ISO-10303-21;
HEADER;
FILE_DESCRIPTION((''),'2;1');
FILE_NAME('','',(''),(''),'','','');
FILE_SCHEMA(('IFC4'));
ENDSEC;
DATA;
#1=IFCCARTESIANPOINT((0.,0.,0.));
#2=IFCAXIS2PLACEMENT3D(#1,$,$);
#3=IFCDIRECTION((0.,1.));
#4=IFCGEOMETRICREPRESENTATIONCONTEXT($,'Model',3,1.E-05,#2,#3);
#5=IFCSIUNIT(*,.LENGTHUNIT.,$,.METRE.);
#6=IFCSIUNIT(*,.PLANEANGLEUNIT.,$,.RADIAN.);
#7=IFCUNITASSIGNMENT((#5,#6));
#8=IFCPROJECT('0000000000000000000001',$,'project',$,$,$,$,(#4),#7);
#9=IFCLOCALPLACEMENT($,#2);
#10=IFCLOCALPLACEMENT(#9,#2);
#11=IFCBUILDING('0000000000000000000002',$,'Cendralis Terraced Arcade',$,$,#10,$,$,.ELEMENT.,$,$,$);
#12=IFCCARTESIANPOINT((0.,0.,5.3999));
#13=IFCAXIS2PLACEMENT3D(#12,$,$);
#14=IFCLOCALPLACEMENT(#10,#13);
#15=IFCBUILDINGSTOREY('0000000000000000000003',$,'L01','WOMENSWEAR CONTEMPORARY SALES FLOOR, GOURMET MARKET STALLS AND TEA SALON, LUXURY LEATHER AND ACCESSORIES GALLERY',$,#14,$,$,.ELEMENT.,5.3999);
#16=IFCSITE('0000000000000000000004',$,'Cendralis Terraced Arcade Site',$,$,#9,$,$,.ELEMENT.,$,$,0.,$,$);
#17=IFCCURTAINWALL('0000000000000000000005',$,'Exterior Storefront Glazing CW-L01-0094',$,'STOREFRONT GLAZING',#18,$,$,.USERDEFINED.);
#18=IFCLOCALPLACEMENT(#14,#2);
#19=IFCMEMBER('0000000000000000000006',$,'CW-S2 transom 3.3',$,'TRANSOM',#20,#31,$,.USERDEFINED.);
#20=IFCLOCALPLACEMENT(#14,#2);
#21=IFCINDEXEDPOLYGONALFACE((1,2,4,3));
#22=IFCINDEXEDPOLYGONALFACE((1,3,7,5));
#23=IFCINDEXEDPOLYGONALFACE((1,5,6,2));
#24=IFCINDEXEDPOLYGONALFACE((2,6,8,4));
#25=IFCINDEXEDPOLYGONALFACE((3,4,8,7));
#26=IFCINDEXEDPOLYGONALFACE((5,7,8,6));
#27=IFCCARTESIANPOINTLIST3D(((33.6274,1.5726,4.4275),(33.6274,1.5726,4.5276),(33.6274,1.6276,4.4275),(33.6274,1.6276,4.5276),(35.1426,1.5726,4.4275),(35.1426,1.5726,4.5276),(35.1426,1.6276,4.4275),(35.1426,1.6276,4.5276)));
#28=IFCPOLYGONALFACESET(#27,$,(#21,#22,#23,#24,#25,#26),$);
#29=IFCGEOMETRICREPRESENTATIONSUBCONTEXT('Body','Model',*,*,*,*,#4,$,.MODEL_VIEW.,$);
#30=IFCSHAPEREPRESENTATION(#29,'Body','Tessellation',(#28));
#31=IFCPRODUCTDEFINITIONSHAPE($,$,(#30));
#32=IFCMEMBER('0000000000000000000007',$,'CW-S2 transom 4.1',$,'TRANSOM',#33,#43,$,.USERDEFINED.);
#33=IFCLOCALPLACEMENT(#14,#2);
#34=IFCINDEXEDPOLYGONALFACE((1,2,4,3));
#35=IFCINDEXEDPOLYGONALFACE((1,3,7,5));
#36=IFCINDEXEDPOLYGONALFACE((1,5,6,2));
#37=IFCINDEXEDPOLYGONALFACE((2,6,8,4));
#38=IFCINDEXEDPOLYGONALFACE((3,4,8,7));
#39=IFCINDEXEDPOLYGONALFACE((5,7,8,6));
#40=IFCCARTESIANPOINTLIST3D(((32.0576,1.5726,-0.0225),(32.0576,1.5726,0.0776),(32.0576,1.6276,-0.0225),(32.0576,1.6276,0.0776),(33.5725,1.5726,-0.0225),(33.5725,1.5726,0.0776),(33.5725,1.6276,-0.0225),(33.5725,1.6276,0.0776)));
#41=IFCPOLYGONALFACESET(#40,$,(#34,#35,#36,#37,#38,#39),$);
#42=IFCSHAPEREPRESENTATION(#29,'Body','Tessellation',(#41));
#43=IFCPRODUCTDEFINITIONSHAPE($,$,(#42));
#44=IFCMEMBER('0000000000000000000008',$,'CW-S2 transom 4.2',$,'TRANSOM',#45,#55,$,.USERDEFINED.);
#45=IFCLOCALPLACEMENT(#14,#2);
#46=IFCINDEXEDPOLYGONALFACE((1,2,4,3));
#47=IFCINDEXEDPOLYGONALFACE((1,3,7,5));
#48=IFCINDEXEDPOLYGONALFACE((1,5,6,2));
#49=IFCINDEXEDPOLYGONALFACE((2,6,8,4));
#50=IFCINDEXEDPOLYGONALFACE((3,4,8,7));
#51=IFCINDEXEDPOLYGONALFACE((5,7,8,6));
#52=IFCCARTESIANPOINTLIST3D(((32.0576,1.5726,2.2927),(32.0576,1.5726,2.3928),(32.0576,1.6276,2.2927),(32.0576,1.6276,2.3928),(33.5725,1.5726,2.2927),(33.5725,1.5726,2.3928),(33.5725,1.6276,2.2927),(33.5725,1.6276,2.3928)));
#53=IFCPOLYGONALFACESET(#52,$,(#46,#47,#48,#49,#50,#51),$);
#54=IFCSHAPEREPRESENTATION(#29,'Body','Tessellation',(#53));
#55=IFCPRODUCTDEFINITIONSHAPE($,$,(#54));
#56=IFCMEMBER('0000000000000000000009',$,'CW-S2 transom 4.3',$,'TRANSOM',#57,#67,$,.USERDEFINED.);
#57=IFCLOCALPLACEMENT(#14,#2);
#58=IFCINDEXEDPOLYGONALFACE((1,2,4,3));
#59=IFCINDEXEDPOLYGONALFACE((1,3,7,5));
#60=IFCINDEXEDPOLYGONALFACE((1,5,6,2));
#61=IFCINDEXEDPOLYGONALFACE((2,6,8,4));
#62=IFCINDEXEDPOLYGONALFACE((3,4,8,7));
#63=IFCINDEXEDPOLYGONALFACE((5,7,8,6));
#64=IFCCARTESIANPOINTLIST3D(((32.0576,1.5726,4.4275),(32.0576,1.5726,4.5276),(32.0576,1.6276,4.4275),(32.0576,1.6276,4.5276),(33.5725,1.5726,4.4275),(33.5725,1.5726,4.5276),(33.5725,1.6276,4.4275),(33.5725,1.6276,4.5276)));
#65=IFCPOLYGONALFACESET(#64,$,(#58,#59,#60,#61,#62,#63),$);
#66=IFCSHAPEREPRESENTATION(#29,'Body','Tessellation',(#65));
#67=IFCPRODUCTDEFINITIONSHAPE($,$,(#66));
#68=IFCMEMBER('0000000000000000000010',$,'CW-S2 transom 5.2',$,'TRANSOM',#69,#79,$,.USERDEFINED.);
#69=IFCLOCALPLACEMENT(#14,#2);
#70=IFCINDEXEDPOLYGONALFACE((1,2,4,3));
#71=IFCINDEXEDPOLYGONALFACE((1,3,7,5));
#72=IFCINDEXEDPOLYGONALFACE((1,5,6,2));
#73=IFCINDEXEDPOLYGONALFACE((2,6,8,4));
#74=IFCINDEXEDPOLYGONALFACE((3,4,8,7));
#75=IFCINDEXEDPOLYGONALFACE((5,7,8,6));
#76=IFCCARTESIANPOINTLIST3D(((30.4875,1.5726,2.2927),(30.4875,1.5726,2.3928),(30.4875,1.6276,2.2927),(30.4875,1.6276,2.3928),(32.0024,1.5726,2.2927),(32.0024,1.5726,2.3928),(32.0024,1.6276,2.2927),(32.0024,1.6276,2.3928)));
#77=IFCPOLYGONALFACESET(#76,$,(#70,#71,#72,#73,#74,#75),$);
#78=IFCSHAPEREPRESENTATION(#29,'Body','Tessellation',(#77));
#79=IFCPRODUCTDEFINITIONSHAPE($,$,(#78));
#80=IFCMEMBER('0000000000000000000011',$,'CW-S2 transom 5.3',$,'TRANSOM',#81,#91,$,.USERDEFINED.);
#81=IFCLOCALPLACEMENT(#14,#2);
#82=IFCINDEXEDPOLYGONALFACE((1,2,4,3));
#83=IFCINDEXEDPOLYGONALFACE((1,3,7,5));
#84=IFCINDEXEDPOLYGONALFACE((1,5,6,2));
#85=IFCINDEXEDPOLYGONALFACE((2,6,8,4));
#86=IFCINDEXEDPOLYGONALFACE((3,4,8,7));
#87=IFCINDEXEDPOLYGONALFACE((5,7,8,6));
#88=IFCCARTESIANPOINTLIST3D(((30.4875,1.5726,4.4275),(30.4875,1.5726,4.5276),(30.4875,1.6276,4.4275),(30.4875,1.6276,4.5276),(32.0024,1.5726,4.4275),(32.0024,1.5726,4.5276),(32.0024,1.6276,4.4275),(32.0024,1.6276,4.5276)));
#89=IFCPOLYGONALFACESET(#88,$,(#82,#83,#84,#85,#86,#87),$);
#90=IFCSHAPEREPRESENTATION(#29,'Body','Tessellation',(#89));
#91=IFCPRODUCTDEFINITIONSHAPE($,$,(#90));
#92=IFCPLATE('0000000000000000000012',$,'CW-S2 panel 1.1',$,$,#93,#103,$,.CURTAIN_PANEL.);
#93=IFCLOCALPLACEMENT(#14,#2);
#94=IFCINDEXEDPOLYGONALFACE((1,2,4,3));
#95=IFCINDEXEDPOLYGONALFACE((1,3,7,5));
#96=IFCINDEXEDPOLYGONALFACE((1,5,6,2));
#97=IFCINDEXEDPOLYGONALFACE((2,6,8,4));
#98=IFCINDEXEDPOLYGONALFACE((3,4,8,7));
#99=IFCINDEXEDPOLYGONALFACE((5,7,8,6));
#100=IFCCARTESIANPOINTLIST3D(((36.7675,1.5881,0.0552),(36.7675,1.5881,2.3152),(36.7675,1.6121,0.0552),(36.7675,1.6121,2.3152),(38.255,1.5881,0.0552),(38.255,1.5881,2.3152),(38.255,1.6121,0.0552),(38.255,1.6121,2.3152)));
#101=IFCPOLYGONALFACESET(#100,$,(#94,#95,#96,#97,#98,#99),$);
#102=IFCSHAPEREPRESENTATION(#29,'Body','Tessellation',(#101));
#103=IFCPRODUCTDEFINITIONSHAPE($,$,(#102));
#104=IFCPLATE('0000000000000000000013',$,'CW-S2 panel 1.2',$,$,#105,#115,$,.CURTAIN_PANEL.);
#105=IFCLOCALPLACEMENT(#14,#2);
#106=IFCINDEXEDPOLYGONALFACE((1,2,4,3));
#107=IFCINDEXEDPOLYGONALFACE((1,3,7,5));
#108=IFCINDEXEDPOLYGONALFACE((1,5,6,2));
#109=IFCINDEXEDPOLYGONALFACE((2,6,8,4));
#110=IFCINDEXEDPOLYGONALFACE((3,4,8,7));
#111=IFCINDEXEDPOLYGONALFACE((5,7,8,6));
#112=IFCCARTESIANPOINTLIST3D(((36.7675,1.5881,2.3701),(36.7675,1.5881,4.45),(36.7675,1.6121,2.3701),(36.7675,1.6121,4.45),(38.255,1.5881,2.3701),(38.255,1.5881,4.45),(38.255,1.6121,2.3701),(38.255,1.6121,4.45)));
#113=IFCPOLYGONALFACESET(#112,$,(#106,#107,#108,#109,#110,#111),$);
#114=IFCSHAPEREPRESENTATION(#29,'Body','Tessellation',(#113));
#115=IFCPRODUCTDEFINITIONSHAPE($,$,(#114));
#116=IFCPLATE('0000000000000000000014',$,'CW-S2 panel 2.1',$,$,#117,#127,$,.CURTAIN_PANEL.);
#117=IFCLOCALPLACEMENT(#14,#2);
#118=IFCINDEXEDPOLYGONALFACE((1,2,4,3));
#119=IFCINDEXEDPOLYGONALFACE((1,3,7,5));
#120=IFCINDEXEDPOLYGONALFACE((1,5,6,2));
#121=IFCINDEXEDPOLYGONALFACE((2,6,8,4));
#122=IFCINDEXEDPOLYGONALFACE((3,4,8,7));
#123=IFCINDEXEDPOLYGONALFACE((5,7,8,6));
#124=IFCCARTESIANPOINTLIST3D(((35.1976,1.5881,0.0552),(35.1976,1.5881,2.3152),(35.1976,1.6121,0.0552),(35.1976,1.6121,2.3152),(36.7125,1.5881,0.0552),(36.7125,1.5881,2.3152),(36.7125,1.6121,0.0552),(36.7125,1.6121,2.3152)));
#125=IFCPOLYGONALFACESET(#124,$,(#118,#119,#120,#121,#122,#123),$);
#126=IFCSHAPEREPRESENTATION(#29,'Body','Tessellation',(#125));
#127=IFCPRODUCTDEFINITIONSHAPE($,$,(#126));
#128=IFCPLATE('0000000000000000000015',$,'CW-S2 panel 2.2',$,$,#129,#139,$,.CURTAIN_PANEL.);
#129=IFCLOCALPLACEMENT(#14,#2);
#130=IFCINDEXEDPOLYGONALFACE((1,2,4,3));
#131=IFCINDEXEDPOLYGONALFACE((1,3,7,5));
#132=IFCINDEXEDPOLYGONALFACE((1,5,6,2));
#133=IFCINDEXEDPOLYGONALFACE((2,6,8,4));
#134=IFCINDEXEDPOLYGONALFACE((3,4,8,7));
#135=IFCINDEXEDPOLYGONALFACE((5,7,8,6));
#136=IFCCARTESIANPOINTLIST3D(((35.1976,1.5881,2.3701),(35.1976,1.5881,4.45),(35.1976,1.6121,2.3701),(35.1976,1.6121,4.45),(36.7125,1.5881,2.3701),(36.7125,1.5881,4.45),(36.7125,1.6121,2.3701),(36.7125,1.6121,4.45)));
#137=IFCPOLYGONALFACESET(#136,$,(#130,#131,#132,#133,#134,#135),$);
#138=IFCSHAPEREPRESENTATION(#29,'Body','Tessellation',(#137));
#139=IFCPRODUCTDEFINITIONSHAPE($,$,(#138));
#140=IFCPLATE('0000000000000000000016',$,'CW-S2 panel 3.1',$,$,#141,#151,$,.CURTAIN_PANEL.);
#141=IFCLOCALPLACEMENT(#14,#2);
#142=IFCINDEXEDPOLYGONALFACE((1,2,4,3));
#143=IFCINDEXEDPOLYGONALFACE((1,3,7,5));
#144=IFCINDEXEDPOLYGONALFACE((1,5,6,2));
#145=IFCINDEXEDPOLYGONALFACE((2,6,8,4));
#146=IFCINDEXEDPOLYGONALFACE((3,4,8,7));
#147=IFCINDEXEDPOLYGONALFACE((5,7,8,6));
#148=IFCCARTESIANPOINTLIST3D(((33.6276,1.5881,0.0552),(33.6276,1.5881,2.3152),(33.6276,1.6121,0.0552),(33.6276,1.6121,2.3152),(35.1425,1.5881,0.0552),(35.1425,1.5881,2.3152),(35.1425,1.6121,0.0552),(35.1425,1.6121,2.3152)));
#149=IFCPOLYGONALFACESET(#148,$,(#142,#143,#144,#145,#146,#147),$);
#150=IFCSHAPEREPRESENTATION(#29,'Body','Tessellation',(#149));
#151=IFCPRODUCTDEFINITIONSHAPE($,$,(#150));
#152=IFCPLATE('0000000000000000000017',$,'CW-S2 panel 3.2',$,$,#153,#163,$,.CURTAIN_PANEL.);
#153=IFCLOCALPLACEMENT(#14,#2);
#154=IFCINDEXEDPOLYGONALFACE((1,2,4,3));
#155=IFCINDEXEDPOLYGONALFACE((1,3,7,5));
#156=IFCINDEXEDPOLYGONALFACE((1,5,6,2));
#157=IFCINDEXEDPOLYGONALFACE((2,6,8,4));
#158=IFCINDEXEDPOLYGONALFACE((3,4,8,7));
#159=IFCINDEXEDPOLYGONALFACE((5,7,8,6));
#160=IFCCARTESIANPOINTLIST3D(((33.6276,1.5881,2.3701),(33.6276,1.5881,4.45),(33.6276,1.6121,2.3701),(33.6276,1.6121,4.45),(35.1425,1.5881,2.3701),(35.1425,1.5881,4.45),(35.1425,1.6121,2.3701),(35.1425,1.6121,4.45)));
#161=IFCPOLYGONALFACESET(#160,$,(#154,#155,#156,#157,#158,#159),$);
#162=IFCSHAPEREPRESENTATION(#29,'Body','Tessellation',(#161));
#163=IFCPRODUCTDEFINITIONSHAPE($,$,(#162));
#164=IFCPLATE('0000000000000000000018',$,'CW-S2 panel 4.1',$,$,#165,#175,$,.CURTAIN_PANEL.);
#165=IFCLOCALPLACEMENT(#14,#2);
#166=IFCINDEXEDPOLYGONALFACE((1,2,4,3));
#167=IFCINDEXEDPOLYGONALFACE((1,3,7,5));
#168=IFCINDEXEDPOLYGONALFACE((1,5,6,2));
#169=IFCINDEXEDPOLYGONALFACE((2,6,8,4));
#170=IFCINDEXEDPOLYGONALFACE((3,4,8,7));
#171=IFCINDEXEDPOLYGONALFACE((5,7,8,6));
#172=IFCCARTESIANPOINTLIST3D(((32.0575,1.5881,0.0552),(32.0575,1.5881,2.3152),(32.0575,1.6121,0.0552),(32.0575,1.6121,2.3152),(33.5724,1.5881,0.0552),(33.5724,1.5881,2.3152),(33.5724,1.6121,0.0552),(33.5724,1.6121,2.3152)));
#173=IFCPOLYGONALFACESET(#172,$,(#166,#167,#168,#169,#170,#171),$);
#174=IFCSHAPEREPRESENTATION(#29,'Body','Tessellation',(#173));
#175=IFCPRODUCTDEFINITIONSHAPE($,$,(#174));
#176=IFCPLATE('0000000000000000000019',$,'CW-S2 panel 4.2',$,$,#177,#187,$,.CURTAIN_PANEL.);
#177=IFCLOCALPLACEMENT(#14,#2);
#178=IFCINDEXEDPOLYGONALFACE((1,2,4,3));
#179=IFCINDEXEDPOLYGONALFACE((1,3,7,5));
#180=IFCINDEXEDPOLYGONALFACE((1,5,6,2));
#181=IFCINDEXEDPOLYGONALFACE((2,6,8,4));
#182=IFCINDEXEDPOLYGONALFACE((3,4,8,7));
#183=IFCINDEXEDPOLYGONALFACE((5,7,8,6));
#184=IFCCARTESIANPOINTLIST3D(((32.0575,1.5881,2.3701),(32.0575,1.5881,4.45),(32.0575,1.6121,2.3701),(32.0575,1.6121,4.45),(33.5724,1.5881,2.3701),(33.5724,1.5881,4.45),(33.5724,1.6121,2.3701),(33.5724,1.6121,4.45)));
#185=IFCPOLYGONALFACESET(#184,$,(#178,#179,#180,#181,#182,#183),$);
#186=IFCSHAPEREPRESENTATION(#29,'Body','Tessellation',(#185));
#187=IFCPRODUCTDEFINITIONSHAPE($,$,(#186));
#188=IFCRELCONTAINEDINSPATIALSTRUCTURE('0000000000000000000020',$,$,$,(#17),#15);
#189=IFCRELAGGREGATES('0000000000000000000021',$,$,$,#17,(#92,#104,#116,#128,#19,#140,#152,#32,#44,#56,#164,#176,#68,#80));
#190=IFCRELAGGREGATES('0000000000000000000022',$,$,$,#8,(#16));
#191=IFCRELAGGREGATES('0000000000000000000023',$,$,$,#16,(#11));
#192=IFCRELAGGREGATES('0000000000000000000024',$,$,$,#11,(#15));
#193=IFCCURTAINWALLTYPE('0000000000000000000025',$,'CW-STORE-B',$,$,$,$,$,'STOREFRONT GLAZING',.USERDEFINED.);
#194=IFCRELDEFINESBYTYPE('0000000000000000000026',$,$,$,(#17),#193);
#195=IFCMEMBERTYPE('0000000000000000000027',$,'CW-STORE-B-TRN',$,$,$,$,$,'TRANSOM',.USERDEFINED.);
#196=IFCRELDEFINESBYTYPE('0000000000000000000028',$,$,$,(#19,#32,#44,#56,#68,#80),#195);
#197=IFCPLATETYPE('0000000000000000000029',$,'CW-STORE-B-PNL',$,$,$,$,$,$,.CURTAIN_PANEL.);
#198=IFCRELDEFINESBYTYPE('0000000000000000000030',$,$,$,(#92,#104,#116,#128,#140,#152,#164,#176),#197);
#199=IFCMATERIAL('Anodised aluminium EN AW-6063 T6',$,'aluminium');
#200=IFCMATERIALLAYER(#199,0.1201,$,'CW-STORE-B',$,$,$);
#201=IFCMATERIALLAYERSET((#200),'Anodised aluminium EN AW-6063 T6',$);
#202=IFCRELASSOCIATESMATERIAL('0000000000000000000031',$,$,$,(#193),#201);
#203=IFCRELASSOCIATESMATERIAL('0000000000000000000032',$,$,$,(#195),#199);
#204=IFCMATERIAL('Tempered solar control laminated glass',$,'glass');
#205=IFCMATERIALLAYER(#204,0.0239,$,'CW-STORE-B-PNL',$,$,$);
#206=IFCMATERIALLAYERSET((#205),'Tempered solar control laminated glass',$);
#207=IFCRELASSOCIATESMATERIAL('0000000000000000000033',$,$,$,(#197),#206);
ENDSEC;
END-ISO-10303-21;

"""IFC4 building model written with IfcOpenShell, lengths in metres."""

from ifc_helpers import new_model, si_unit, direction, frame, origin, origin_2d, place, context, subcontext, project, spatial, rectangle, extrude, material, layer, layer_set, material_profile, profile_set, type_object, element, aggregate, save


model = new_model("IFC4")

# Units and contexts
model_context = context("Model", 3, precision=1e-05, world=origin(), true_north=direction((0.0, 1.0)))
body_context = subcontext(model_context, "Body", "Model", "MODEL_VIEW")
ifc_project = project(units=[si_unit("LENGTHUNIT", "METRE"), si_unit("PLANEANGLEUNIT", "RADIAN")], contexts=[model_context])

# Site, building, storey
site_placement = place(None, origin())
site = spatial("IfcSite", under=ifc_project, at=site_placement, Name="Cendralis Terraced Arcade Site", CompositionType="ELEMENT", RefElevation=0.0)
building_placement = place(site_placement, origin())
building = spatial("IfcBuilding", under=site, at=building_placement, Name="Cendralis Terraced Arcade", CompositionType="ELEMENT")
storey_placement = place(building_placement, frame((0.0, 0.0, 5.3999)))
storey = spatial("IfcBuildingStorey", under=building, at=storey_placement, Name="L01", Description="WOMENSWEAR CONTEMPORARY SALES FLOOR, GOURMET MARKET STALLS AND TEA SALON, LUXURY LEATHER AND ACCESSORIES GALLERY", CompositionType="ELEMENT", Elevation=5.3999)

# Curtain wall, members, plates
ifc_material_1 = material(Name="Anodised aluminium EN AW-6063 T6", Category="aluminium")
ifc_layer_1 = layer(ifc_material_1, 0.1201, Name="CW-STORE-B")
ifc_layer_set_1 = layer_set([ifc_layer_1], Name="Anodised aluminium EN AW-6063 T6")
curtain_wall_type = type_object("IfcCurtainWallType", Name="CW-STORE-B", ElementType="STOREFRONT GLAZING", PredefinedType="USERDEFINED", material=ifc_layer_set_1)
curtain_wall_placement = place(storey_placement, origin())
curtain_wall = element("IfcCurtainWall", 1, at=curtain_wall_placement, inside=storey, type_object=curtain_wall_type, Name="Exterior Storefront Glazing CW-L01-0094", ObjectType="STOREFRONT GLAZING", PredefinedType="USERDEFINED")
ifc_material_profile_1 = material_profile(ifc_material_1, rectangle(XDim=0.0549, YDim=0.1001, at=origin_2d()), Name="ALU-TRN-55x100")
ifc_profile_set_1 = profile_set([ifc_material_profile_1], Name="Anodised aluminium EN AW-6063 T6")
member_type_1 = type_object("IfcMemberType", Name="CW-STORE-B-TRN", ElementType="TRANSOM", PredefinedType="USERDEFINED", material=ifc_profile_set_1)
member_1_placement = place(storey_placement, frame((35.1426, 1.6001, 4.4775), z_axis=(-1.0, 0.0, 0.0), x_axis=(0.0, -1.0, 0.0)))
member_1 = element("IfcMember", 2, at=member_1_placement, type_object=member_type_1, Name="CW-S2 transom 3.3", ObjectType="TRANSOM", PredefinedType="USERDEFINED", context=body_context, shape_type="SweptSolid", body=[
    extrude(rectangle(XDim=0.0549, YDim=0.1001, at=origin_2d()), origin(), (0.0, 0.0, 1.0), 1.5151),
])
member_2_placement = place(storey_placement, frame((33.5725, 1.6001, 0.0276), z_axis=(-1.0, 0.0, 0.0), x_axis=(0.0, -1.0, 0.0)))
member_2 = element("IfcMember", 3, at=member_2_placement, type_object=member_type_1, Name="CW-S2 transom 4.1", ObjectType="TRANSOM", PredefinedType="USERDEFINED", context=body_context, shape_type="SweptSolid", body=[
    extrude(rectangle(XDim=0.0549, YDim=0.1001, at=origin_2d()), origin(), (0.0, 0.0, 1.0), 1.5149),
])
member_3_placement = place(storey_placement, frame((33.5725, 1.6001, 2.3428), z_axis=(-1.0, 0.0, 0.0), x_axis=(0.0, -1.0, 0.0)))
member_3 = element("IfcMember", 4, at=member_3_placement, type_object=member_type_1, Name="CW-S2 transom 4.2", ObjectType="TRANSOM", PredefinedType="USERDEFINED", context=body_context, shape_type="SweptSolid", body=[
    extrude(rectangle(XDim=0.0549, YDim=0.1001, at=origin_2d()), origin(), (0.0, 0.0, 1.0), 1.5149),
])
member_4_placement = place(storey_placement, frame((33.5725, 1.6001, 4.4775), z_axis=(-1.0, 0.0, 0.0), x_axis=(0.0, -1.0, 0.0)))
member_4 = element("IfcMember", 5, at=member_4_placement, type_object=member_type_1, Name="CW-S2 transom 4.3", ObjectType="TRANSOM", PredefinedType="USERDEFINED", context=body_context, shape_type="SweptSolid", body=[
    extrude(rectangle(XDim=0.0549, YDim=0.1001, at=origin_2d()), origin(), (0.0, 0.0, 1.0), 1.5149),
])
member_5_placement = place(storey_placement, frame((32.0024, 1.6001, 2.3428), z_axis=(-1.0, 0.0, 0.0), x_axis=(0.0, -1.0, 0.0)))
member_5 = element("IfcMember", 6, at=member_5_placement, type_object=member_type_1, Name="CW-S2 transom 5.2", ObjectType="TRANSOM", PredefinedType="USERDEFINED", context=body_context, shape_type="SweptSolid", body=[
    extrude(rectangle(XDim=0.0549, YDim=0.1001, at=origin_2d()), origin(), (0.0, 0.0, 1.0), 1.5149),
])
member_6_placement = place(storey_placement, frame((32.0024, 1.6001, 4.4775), z_axis=(-1.0, 0.0, 0.0), x_axis=(0.0, -1.0, 0.0)))
member_6 = element("IfcMember", 7, at=member_6_placement, type_object=member_type_1, Name="CW-S2 transom 5.3", ObjectType="TRANSOM", PredefinedType="USERDEFINED", context=body_context, shape_type="SweptSolid", body=[
    extrude(rectangle(XDim=0.0549, YDim=0.1001, at=origin_2d()), origin(), (0.0, 0.0, 1.0), 1.5149),
])
ifc_material_2 = material(Name="Tempered solar control laminated glass", Category="glass")
ifc_layer_2 = layer(ifc_material_2, 0.0239, Name="CW-STORE-B-PNL")
ifc_layer_set_2 = layer_set([ifc_layer_2], Name="Tempered solar control laminated glass")
plate_type = type_object("IfcPlateType", Name="CW-STORE-B-PNL", PredefinedType="CURTAIN_PANEL", material=ifc_layer_set_2)
plate_1_placement = place(storey_placement, frame((37.5112, 1.6001, 0.0552), z_axis=(0.0, 0.0, 1.0), x_axis=(-1.0, 0.0, 0.0)))
plate_1 = element("IfcPlate", 8, at=plate_1_placement, type_object=plate_type, Name="CW-S2 panel 1.1", PredefinedType="CURTAIN_PANEL", context=body_context, shape_type="SweptSolid", body=[
    extrude(rectangle(XDim=1.4875, YDim=0.0239, at=origin_2d()), origin(), (0.0, 0.0, 1.0), 2.26),
])
plate_2_placement = place(storey_placement, frame((37.5112, 1.6001, 2.3701), z_axis=(0.0, 0.0, 1.0), x_axis=(-1.0, 0.0, 0.0)))
plate_2 = element("IfcPlate", 9, at=plate_2_placement, type_object=plate_type, Name="CW-S2 panel 1.2", PredefinedType="CURTAIN_PANEL", context=body_context, shape_type="SweptSolid", body=[
    extrude(rectangle(XDim=1.4875, YDim=0.0239, at=origin_2d()), origin(), (0.0, 0.0, 1.0), 2.0798),
])
plate_3_placement = place(storey_placement, frame((35.9551, 1.6001, 0.0552), z_axis=(0.0, 0.0, 1.0), x_axis=(-1.0, 0.0, 0.0)))
plate_3 = element("IfcPlate", 10, at=plate_3_placement, type_object=plate_type, Name="CW-S2 panel 2.1", PredefinedType="CURTAIN_PANEL", context=body_context, shape_type="SweptSolid", body=[
    extrude(rectangle(XDim=1.5149, YDim=0.0239, at=origin_2d()), origin(), (0.0, 0.0, 1.0), 2.26),
])
plate_4_placement = place(storey_placement, frame((35.9551, 1.6001, 2.3701), z_axis=(0.0, 0.0, 1.0), x_axis=(-1.0, 0.0, 0.0)))
plate_4 = element("IfcPlate", 11, at=plate_4_placement, type_object=plate_type, Name="CW-S2 panel 2.2", PredefinedType="CURTAIN_PANEL", context=body_context, shape_type="SweptSolid", body=[
    extrude(rectangle(XDim=1.5149, YDim=0.0239, at=origin_2d()), origin(), (0.0, 0.0, 1.0), 2.0798),
])
plate_5_placement = place(storey_placement, frame((34.385, 1.6001, 0.0552), z_axis=(0.0, 0.0, 1.0), x_axis=(-1.0, 0.0, 0.0)))
plate_5 = element("IfcPlate", 12, at=plate_5_placement, type_object=plate_type, Name="CW-S2 panel 3.1", PredefinedType="CURTAIN_PANEL", context=body_context, shape_type="SweptSolid", body=[
    extrude(rectangle(XDim=1.5149, YDim=0.0239, at=origin_2d()), origin(), (0.0, 0.0, 1.0), 2.26),
])
plate_6_placement = place(storey_placement, frame((34.385, 1.6001, 2.3701), z_axis=(0.0, 0.0, 1.0), x_axis=(-1.0, 0.0, 0.0)))
plate_6 = element("IfcPlate", 13, at=plate_6_placement, type_object=plate_type, Name="CW-S2 panel 3.2", PredefinedType="CURTAIN_PANEL", context=body_context, shape_type="SweptSolid", body=[
    extrude(rectangle(XDim=1.5149, YDim=0.0239, at=origin_2d()), origin(), (0.0, 0.0, 1.0), 2.0798),
])
plate_7_placement = place(storey_placement, frame((32.8149, 1.6001, 0.0552), z_axis=(0.0, 0.0, 1.0), x_axis=(-1.0, 0.0, 0.0)))
plate_7 = element("IfcPlate", 14, at=plate_7_placement, type_object=plate_type, Name="CW-S2 panel 4.1", PredefinedType="CURTAIN_PANEL", context=body_context, shape_type="SweptSolid", body=[
    extrude(rectangle(XDim=1.5149, YDim=0.0239, at=origin_2d()), origin(), (0.0, 0.0, 1.0), 2.26),
])
plate_8_placement = place(storey_placement, frame((32.8149, 1.6001, 2.3701), z_axis=(0.0, 0.0, 1.0), x_axis=(-1.0, 0.0, 0.0)))
plate_8 = element("IfcPlate", 15, at=plate_8_placement, type_object=plate_type, Name="CW-S2 panel 4.2", PredefinedType="CURTAIN_PANEL", context=body_context, shape_type="SweptSolid", body=[
    extrude(rectangle(XDim=1.5149, YDim=0.0239, at=origin_2d()), origin(), (0.0, 0.0, 1.0), 2.0798),
])
aggregate(curtain_wall, [plate_1, plate_2, plate_3, plate_4, member_1, plate_5, plate_6, member_2, member_3, member_4, plate_7, plate_8, member_5, member_6])

save(model, "model.ifc")
